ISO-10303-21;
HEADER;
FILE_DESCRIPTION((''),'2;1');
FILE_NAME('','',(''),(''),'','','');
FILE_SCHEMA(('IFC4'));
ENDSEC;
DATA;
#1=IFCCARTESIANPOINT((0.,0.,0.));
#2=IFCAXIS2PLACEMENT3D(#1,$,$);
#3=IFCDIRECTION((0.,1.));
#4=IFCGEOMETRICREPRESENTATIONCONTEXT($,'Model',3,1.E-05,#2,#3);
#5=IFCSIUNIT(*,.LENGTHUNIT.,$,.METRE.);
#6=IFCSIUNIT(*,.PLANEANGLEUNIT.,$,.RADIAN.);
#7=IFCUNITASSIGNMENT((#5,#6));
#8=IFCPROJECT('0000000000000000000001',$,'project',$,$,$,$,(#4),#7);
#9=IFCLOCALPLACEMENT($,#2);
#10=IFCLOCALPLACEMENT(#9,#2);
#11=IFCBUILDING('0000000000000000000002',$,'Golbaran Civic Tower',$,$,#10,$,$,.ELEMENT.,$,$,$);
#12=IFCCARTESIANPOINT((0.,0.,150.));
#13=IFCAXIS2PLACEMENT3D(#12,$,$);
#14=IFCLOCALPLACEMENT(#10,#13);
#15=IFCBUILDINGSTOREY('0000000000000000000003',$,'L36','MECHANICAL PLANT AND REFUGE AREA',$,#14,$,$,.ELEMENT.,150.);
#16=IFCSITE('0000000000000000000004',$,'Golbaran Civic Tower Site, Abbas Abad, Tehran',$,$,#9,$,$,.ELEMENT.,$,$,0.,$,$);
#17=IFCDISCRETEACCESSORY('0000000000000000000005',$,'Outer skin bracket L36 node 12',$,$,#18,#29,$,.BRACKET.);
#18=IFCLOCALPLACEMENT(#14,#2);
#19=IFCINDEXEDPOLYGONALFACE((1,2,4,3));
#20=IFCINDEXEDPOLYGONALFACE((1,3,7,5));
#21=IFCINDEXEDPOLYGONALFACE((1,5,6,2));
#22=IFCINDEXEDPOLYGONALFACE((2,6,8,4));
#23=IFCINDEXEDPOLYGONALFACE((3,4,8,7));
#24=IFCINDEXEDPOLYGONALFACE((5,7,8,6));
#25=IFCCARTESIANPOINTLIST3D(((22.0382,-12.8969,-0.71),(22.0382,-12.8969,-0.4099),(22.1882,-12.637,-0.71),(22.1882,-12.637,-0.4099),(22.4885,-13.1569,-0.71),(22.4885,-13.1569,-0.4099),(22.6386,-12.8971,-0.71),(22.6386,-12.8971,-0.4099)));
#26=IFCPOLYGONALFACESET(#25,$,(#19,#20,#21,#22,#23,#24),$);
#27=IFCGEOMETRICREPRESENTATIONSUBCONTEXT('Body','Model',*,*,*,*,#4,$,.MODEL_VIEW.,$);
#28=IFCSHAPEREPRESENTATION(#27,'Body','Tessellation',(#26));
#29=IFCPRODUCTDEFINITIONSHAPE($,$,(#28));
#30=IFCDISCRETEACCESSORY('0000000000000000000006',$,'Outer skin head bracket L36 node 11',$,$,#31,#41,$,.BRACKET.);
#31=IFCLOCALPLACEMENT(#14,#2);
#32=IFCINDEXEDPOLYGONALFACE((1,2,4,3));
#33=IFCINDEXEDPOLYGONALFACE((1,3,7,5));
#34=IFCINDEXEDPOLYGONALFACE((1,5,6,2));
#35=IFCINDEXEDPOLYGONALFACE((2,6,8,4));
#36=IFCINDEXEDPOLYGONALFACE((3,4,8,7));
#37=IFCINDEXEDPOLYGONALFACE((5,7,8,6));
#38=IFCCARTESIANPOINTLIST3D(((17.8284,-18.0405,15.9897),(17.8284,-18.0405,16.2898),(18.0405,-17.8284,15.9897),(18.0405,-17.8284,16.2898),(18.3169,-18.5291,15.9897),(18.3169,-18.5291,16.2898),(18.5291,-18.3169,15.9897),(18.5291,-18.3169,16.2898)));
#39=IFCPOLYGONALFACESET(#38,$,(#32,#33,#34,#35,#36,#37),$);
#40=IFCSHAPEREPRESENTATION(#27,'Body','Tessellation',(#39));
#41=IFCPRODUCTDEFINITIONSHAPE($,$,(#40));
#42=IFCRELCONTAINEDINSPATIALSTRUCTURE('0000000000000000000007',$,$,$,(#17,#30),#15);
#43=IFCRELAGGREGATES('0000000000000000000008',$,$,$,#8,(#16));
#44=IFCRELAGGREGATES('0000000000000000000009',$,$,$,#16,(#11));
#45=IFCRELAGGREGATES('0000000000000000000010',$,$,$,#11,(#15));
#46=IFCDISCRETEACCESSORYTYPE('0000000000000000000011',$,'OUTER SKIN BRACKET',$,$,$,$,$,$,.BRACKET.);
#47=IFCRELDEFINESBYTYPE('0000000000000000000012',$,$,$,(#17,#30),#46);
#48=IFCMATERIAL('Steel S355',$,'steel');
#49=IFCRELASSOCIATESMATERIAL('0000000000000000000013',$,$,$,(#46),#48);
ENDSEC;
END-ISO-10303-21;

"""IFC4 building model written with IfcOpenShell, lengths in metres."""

from ifc_helpers import new_model, si_unit, direction, frame, origin, origin_2d, place, context, subcontext, project, spatial, rectangle, extrude, material, type_object, element, save


model = new_model("IFC4")

# Units and contexts
model_context = context("Model", 3, precision=1e-05, world=origin(), true_north=direction((0.0, 1.0)))
body_context = subcontext(model_context, "Body", "Model", "MODEL_VIEW")
ifc_project = project(units=[si_unit("LENGTHUNIT", "METRE"), si_unit("PLANEANGLEUNIT", "RADIAN")], contexts=[model_context])

# Site, building, storey
site_placement = place(None, origin())
site = spatial("IfcSite", under=ifc_project, at=site_placement, Name="Golbaran Civic Tower Site, Abbas Abad, Tehran", CompositionType="ELEMENT", RefElevation=0.0)
building_placement = place(site_placement, origin())
building = spatial("IfcBuilding", under=site, at=building_placement, Name="Golbaran Civic Tower", CompositionType="ELEMENT")
storey_placement = place(building_placement, frame((0.0, 0.0, 150.0)))
storey = spatial("IfcBuildingStorey", under=building, at=storey_placement, Name="L36", Description="MECHANICAL PLANT AND REFUGE AREA", CompositionType="ELEMENT", Elevation=150.0)

# Shared definitions
ifc_material_1 = material(Name="Steel S355", Category="steel")

# Discrete accessories
discrete_accessory_type = type_object("IfcDiscreteAccessoryType", Name="OUTER SKIN BRACKET", PredefinedType="BRACKET", material=ifc_material_1)
discrete_accessory_1_placement = place(storey_placement, frame((22.3384, -12.897, -0.71), z_axis=(0.0, 0.0, 1.0), x_axis=(0.866025, -0.5, 0.0)))
element("IfcDiscreteAccessory", 1, at=discrete_accessory_1_placement, inside=storey, type_object=discrete_accessory_type, Name="Outer skin bracket L36 node 12", PredefinedType="BRACKET", context=body_context, shape_type="SweptSolid", body=[
    extrude(rectangle(XDim=0.52, YDim=0.3, at=origin_2d()), origin(), (0.0, 0.0, 1.0), 0.3),
])
discrete_accessory_2_placement = place(storey_placement, frame((18.1787, -18.1787, 15.9897), z_axis=(0.0, 0.0, 1.0), x_axis=(0.707107, -0.707107, 0.0)))
element("IfcDiscreteAccessory", 2, at=discrete_accessory_2_placement, inside=storey, type_object=discrete_accessory_type, Name="Outer skin head bracket L36 node 11", PredefinedType="BRACKET", context=body_context, shape_type="SweptSolid", body=[
    extrude(rectangle(XDim=0.6909, YDim=0.3, at=origin_2d()), origin(), (0.0, 0.0, 1.0), 0.3),
])

save(model, "model.ifc")
